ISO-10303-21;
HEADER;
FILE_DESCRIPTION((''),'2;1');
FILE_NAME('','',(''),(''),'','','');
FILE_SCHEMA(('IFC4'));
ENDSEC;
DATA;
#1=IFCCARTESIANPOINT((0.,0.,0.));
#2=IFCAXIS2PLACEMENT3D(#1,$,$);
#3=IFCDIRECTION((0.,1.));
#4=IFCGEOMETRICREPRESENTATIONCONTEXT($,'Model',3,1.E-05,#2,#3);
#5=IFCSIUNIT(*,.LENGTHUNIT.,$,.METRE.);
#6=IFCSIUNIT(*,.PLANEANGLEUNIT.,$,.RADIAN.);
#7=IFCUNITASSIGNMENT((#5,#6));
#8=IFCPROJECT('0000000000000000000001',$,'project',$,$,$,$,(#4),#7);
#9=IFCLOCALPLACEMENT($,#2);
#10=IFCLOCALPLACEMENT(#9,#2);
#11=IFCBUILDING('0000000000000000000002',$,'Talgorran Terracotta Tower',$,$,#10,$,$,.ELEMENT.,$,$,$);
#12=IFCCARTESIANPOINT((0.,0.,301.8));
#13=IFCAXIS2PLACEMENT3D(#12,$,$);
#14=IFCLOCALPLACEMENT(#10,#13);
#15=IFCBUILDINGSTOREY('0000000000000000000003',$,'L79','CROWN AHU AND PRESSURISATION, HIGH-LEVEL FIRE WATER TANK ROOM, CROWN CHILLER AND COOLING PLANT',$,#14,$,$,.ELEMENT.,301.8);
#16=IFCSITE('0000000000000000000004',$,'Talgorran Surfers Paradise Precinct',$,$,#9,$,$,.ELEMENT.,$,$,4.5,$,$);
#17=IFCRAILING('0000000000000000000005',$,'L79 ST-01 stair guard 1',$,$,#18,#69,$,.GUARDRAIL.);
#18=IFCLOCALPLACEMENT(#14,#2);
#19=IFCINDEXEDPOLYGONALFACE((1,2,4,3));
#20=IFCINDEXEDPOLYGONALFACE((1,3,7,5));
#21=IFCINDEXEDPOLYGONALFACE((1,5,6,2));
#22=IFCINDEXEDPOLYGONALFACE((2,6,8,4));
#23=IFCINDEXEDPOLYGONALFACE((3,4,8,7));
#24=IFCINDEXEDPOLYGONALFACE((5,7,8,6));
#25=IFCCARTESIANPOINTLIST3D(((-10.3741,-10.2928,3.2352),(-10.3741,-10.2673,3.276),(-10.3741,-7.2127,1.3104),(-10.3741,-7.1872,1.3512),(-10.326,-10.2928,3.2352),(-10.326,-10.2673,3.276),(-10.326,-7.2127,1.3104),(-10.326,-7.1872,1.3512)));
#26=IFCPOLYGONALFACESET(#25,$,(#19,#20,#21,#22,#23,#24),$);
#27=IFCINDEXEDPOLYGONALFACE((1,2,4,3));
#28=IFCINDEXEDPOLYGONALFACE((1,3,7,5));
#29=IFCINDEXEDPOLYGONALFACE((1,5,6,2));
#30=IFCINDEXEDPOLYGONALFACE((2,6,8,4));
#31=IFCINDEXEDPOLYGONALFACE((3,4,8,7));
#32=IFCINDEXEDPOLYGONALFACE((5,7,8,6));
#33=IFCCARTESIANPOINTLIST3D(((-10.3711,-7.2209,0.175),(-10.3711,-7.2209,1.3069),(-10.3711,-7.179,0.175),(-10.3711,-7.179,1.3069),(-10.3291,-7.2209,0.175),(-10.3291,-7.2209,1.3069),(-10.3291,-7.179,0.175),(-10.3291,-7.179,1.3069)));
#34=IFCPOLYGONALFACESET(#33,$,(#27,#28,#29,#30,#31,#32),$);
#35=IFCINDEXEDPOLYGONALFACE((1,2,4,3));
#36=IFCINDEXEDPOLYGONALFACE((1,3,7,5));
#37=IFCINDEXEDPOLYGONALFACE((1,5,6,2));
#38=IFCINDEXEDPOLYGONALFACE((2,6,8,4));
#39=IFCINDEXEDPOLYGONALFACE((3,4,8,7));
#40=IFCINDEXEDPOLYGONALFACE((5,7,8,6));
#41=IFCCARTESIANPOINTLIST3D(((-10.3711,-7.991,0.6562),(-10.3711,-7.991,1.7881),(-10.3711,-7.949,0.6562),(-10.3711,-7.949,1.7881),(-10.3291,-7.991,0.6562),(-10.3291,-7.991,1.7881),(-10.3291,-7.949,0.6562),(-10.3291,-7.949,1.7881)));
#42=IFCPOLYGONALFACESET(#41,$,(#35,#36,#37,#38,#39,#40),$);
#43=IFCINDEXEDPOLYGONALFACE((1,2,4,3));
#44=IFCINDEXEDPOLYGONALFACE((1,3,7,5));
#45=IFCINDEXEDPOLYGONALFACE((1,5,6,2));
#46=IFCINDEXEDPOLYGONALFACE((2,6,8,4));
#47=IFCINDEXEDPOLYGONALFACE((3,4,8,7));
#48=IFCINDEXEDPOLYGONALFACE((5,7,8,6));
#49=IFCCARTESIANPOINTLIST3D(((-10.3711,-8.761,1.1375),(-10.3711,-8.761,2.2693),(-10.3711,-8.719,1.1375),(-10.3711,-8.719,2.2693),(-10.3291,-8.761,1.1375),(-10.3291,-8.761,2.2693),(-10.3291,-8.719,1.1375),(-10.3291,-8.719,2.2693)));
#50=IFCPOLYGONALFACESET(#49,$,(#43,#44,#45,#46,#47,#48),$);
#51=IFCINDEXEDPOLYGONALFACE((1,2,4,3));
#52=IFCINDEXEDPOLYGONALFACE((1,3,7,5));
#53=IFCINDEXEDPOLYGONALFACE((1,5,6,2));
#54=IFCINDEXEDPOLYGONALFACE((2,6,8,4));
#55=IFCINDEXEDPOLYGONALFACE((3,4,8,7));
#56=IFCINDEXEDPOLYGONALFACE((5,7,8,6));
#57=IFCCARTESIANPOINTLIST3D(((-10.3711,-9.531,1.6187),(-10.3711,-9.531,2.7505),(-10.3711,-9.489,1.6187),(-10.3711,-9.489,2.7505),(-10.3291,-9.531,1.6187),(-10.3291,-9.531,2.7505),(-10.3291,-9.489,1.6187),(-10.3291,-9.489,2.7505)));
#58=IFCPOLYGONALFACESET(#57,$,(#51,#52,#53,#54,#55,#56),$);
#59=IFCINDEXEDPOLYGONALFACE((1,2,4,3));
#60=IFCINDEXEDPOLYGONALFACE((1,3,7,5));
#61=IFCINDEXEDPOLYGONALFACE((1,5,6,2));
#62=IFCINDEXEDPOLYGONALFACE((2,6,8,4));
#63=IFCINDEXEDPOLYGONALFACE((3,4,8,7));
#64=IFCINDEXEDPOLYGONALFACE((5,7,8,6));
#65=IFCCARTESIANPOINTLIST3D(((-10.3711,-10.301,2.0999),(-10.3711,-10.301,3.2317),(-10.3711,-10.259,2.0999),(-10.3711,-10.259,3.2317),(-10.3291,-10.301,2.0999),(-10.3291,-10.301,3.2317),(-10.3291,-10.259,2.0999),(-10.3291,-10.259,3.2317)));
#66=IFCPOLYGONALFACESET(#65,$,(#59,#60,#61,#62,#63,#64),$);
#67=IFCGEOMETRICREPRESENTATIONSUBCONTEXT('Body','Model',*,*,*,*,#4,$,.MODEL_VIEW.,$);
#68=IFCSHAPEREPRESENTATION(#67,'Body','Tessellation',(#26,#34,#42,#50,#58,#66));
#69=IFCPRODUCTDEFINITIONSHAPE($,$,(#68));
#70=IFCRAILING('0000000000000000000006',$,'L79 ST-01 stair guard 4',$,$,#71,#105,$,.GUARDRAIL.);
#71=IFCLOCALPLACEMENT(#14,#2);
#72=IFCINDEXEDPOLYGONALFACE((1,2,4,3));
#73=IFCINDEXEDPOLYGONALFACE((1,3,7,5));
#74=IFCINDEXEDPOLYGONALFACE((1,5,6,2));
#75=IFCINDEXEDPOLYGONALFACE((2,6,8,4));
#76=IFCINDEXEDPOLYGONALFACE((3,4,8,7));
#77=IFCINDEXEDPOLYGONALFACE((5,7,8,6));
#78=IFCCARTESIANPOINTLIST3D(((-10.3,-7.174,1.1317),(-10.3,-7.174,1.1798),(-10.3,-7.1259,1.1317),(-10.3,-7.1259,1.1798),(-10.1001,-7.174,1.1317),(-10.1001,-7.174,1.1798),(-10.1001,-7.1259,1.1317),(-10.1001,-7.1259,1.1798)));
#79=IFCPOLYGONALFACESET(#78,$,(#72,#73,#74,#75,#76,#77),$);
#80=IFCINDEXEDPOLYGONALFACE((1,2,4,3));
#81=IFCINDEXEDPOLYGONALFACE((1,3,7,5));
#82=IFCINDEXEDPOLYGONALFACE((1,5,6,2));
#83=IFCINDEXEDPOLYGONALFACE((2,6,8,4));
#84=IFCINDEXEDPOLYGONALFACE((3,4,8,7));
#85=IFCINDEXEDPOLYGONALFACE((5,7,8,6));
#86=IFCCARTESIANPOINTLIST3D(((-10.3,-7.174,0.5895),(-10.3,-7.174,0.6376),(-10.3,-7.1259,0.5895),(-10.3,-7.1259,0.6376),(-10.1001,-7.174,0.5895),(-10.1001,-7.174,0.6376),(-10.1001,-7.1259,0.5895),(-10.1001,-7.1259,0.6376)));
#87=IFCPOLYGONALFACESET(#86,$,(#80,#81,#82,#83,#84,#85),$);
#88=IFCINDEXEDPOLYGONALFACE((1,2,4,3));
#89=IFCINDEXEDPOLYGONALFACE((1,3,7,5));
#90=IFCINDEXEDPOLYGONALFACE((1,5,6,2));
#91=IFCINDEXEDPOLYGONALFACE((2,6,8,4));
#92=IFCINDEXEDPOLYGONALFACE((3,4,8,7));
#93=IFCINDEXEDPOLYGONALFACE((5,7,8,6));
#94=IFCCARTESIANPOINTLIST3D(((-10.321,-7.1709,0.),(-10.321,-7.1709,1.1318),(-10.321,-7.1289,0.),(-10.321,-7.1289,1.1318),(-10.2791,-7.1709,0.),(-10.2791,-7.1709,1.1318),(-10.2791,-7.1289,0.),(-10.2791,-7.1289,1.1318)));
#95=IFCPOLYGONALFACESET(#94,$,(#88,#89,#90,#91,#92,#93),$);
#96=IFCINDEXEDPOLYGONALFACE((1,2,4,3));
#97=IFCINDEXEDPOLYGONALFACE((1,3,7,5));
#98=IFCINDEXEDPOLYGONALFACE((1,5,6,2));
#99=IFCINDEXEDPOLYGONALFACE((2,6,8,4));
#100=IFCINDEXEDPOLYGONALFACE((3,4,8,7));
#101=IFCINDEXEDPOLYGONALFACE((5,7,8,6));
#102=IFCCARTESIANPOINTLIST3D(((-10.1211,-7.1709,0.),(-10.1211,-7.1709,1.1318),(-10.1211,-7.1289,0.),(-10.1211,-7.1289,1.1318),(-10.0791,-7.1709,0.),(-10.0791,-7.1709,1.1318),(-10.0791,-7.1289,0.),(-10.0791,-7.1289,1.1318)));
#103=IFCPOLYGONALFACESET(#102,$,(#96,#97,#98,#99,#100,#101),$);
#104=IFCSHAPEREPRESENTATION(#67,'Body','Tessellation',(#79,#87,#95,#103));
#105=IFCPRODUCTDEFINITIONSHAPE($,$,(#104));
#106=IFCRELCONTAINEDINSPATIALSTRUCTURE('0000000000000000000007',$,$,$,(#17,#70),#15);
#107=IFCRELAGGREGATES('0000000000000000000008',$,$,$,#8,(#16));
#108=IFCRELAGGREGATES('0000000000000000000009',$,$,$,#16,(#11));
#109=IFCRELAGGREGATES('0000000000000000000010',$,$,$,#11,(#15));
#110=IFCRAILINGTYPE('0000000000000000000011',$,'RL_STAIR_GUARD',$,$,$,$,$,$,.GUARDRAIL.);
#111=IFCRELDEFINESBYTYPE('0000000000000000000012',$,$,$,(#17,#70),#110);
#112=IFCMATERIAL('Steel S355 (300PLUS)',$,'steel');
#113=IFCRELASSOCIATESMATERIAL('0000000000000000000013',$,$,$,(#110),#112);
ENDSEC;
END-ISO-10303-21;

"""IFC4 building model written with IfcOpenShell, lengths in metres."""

from ifc_helpers import new_model, si_unit, direction, frame, origin, origin_2d, place, context, subcontext, project, spatial, rectangle, extrude, material, type_object, element, save


model = new_model("IFC4")

# Units and contexts
model_context = context("Model", 3, precision=1e-05, world=origin(), true_north=direction((0.0, 1.0)))
body_context = subcontext(model_context, "Body", "Model", "MODEL_VIEW")
ifc_project = project(units=[si_unit("LENGTHUNIT", "METRE"), si_unit("PLANEANGLEUNIT", "RADIAN")], contexts=[model_context])

# Site, building, storey
site_placement = place(None, origin())
site = spatial("IfcSite", under=ifc_project, at=site_placement, Name="Talgorran Surfers Paradise Precinct", CompositionType="ELEMENT", RefElevation=4.5)
building_placement = place(site_placement, origin())
building = spatial("IfcBuilding", under=site, at=building_placement, Name="Talgorran Terracotta Tower", CompositionType="ELEMENT")
storey_placement = place(building_placement, frame((0.0, 0.0, 301.8)))
storey = spatial("IfcBuildingStorey", under=building, at=storey_placement, Name="L79", Description="CROWN AHU AND PRESSURISATION, HIGH-LEVEL FIRE WATER TANK ROOM, CROWN CHILLER AND COOLING PLANT", CompositionType="ELEMENT", Elevation=301.8)

# Shared definitions
ifc_material_1 = material(Name="Steel S355 (300PLUS)", Category="steel")

# Railings
railing_type_1 = type_object("IfcRailingType", Name="RL_STAIR_GUARD", PredefinedType="GUARDRAIL", material=ifc_material_1)
railing_1_placement = place(storey_placement, frame((-10.3501, -7.2, 0.175)))
element("IfcRailing", 1, at=railing_1_placement, inside=storey, type_object=railing_type_1, Name="L79 ST-01 stair guard 1", PredefinedType="GUARDRAIL", context=body_context, shape_type="SweptSolid", body=[
    extrude(rectangle(XDim=0.0481, YDim=0.0481, at=origin_2d()), frame((0.0, 0.0, 1.1558), z_axis=(0.0, -0.848029, 0.529951), x_axis=(1.0, 0.0, 0.0)), (0.0, 0.0, 1.0), 3.6321),
    extrude(rectangle(XDim=0.042, YDim=0.042, at=origin_2d()), origin(), (0.0, 0.0, 1.0), 1.1318),
    extrude(rectangle(XDim=0.042, YDim=0.042, at=origin_2d()), frame((0.0, -0.77, 0.4812)), (0.0, 0.0, 1.0), 1.1318),
    extrude(rectangle(XDim=0.042, YDim=0.042, at=origin_2d()), frame((0.0, -1.54, 0.9624)), (0.0, 0.0, 1.0), 1.1318),
    extrude(rectangle(XDim=0.042, YDim=0.042, at=origin_2d()), frame((0.0, -2.3101, 1.4436)), (0.0, 0.0, 1.0), 1.1318),
    extrude(rectangle(XDim=0.042, YDim=0.042, at=origin_2d()), frame((0.0, -3.0801, 1.9248)), (0.0, 0.0, 1.0), 1.1318),
])
railing_2_placement = place(storey_placement, frame((-10.3, -7.1499, 0.0)))
element("IfcRailing", 2, at=railing_2_placement, inside=storey, type_object=railing_type_1, Name="L79 ST-01 stair guard 4", PredefinedType="GUARDRAIL", context=body_context, shape_type="SweptSolid", body=[
    extrude(rectangle(XDim=0.0481, YDim=0.0481, at=origin_2d()), frame((0.0, 0.0, 1.1558), z_axis=(1.0, 0.0, 0.0), x_axis=(0.0, 1.0, 0.0)), (0.0, 0.0, 1.0), 0.2),
    extrude(rectangle(XDim=0.0481, YDim=0.0481, at=origin_2d()), frame((0.0, 0.0, 0.6135), z_axis=(1.0, 0.0, 0.0), x_axis=(0.0, 1.0, 0.0)), (0.0, 0.0, 1.0), 0.2),
    extrude(rectangle(XDim=0.042, YDim=0.042, at=origin_2d()), origin(), (0.0, 0.0, 1.0), 1.1318),
    extrude(rectangle(XDim=0.042, YDim=0.042, at=origin_2d()), frame((0.2, 0.0, 0.0)), (0.0, 0.0, 1.0), 1.1318),
])

save(model, "model.ifc")
